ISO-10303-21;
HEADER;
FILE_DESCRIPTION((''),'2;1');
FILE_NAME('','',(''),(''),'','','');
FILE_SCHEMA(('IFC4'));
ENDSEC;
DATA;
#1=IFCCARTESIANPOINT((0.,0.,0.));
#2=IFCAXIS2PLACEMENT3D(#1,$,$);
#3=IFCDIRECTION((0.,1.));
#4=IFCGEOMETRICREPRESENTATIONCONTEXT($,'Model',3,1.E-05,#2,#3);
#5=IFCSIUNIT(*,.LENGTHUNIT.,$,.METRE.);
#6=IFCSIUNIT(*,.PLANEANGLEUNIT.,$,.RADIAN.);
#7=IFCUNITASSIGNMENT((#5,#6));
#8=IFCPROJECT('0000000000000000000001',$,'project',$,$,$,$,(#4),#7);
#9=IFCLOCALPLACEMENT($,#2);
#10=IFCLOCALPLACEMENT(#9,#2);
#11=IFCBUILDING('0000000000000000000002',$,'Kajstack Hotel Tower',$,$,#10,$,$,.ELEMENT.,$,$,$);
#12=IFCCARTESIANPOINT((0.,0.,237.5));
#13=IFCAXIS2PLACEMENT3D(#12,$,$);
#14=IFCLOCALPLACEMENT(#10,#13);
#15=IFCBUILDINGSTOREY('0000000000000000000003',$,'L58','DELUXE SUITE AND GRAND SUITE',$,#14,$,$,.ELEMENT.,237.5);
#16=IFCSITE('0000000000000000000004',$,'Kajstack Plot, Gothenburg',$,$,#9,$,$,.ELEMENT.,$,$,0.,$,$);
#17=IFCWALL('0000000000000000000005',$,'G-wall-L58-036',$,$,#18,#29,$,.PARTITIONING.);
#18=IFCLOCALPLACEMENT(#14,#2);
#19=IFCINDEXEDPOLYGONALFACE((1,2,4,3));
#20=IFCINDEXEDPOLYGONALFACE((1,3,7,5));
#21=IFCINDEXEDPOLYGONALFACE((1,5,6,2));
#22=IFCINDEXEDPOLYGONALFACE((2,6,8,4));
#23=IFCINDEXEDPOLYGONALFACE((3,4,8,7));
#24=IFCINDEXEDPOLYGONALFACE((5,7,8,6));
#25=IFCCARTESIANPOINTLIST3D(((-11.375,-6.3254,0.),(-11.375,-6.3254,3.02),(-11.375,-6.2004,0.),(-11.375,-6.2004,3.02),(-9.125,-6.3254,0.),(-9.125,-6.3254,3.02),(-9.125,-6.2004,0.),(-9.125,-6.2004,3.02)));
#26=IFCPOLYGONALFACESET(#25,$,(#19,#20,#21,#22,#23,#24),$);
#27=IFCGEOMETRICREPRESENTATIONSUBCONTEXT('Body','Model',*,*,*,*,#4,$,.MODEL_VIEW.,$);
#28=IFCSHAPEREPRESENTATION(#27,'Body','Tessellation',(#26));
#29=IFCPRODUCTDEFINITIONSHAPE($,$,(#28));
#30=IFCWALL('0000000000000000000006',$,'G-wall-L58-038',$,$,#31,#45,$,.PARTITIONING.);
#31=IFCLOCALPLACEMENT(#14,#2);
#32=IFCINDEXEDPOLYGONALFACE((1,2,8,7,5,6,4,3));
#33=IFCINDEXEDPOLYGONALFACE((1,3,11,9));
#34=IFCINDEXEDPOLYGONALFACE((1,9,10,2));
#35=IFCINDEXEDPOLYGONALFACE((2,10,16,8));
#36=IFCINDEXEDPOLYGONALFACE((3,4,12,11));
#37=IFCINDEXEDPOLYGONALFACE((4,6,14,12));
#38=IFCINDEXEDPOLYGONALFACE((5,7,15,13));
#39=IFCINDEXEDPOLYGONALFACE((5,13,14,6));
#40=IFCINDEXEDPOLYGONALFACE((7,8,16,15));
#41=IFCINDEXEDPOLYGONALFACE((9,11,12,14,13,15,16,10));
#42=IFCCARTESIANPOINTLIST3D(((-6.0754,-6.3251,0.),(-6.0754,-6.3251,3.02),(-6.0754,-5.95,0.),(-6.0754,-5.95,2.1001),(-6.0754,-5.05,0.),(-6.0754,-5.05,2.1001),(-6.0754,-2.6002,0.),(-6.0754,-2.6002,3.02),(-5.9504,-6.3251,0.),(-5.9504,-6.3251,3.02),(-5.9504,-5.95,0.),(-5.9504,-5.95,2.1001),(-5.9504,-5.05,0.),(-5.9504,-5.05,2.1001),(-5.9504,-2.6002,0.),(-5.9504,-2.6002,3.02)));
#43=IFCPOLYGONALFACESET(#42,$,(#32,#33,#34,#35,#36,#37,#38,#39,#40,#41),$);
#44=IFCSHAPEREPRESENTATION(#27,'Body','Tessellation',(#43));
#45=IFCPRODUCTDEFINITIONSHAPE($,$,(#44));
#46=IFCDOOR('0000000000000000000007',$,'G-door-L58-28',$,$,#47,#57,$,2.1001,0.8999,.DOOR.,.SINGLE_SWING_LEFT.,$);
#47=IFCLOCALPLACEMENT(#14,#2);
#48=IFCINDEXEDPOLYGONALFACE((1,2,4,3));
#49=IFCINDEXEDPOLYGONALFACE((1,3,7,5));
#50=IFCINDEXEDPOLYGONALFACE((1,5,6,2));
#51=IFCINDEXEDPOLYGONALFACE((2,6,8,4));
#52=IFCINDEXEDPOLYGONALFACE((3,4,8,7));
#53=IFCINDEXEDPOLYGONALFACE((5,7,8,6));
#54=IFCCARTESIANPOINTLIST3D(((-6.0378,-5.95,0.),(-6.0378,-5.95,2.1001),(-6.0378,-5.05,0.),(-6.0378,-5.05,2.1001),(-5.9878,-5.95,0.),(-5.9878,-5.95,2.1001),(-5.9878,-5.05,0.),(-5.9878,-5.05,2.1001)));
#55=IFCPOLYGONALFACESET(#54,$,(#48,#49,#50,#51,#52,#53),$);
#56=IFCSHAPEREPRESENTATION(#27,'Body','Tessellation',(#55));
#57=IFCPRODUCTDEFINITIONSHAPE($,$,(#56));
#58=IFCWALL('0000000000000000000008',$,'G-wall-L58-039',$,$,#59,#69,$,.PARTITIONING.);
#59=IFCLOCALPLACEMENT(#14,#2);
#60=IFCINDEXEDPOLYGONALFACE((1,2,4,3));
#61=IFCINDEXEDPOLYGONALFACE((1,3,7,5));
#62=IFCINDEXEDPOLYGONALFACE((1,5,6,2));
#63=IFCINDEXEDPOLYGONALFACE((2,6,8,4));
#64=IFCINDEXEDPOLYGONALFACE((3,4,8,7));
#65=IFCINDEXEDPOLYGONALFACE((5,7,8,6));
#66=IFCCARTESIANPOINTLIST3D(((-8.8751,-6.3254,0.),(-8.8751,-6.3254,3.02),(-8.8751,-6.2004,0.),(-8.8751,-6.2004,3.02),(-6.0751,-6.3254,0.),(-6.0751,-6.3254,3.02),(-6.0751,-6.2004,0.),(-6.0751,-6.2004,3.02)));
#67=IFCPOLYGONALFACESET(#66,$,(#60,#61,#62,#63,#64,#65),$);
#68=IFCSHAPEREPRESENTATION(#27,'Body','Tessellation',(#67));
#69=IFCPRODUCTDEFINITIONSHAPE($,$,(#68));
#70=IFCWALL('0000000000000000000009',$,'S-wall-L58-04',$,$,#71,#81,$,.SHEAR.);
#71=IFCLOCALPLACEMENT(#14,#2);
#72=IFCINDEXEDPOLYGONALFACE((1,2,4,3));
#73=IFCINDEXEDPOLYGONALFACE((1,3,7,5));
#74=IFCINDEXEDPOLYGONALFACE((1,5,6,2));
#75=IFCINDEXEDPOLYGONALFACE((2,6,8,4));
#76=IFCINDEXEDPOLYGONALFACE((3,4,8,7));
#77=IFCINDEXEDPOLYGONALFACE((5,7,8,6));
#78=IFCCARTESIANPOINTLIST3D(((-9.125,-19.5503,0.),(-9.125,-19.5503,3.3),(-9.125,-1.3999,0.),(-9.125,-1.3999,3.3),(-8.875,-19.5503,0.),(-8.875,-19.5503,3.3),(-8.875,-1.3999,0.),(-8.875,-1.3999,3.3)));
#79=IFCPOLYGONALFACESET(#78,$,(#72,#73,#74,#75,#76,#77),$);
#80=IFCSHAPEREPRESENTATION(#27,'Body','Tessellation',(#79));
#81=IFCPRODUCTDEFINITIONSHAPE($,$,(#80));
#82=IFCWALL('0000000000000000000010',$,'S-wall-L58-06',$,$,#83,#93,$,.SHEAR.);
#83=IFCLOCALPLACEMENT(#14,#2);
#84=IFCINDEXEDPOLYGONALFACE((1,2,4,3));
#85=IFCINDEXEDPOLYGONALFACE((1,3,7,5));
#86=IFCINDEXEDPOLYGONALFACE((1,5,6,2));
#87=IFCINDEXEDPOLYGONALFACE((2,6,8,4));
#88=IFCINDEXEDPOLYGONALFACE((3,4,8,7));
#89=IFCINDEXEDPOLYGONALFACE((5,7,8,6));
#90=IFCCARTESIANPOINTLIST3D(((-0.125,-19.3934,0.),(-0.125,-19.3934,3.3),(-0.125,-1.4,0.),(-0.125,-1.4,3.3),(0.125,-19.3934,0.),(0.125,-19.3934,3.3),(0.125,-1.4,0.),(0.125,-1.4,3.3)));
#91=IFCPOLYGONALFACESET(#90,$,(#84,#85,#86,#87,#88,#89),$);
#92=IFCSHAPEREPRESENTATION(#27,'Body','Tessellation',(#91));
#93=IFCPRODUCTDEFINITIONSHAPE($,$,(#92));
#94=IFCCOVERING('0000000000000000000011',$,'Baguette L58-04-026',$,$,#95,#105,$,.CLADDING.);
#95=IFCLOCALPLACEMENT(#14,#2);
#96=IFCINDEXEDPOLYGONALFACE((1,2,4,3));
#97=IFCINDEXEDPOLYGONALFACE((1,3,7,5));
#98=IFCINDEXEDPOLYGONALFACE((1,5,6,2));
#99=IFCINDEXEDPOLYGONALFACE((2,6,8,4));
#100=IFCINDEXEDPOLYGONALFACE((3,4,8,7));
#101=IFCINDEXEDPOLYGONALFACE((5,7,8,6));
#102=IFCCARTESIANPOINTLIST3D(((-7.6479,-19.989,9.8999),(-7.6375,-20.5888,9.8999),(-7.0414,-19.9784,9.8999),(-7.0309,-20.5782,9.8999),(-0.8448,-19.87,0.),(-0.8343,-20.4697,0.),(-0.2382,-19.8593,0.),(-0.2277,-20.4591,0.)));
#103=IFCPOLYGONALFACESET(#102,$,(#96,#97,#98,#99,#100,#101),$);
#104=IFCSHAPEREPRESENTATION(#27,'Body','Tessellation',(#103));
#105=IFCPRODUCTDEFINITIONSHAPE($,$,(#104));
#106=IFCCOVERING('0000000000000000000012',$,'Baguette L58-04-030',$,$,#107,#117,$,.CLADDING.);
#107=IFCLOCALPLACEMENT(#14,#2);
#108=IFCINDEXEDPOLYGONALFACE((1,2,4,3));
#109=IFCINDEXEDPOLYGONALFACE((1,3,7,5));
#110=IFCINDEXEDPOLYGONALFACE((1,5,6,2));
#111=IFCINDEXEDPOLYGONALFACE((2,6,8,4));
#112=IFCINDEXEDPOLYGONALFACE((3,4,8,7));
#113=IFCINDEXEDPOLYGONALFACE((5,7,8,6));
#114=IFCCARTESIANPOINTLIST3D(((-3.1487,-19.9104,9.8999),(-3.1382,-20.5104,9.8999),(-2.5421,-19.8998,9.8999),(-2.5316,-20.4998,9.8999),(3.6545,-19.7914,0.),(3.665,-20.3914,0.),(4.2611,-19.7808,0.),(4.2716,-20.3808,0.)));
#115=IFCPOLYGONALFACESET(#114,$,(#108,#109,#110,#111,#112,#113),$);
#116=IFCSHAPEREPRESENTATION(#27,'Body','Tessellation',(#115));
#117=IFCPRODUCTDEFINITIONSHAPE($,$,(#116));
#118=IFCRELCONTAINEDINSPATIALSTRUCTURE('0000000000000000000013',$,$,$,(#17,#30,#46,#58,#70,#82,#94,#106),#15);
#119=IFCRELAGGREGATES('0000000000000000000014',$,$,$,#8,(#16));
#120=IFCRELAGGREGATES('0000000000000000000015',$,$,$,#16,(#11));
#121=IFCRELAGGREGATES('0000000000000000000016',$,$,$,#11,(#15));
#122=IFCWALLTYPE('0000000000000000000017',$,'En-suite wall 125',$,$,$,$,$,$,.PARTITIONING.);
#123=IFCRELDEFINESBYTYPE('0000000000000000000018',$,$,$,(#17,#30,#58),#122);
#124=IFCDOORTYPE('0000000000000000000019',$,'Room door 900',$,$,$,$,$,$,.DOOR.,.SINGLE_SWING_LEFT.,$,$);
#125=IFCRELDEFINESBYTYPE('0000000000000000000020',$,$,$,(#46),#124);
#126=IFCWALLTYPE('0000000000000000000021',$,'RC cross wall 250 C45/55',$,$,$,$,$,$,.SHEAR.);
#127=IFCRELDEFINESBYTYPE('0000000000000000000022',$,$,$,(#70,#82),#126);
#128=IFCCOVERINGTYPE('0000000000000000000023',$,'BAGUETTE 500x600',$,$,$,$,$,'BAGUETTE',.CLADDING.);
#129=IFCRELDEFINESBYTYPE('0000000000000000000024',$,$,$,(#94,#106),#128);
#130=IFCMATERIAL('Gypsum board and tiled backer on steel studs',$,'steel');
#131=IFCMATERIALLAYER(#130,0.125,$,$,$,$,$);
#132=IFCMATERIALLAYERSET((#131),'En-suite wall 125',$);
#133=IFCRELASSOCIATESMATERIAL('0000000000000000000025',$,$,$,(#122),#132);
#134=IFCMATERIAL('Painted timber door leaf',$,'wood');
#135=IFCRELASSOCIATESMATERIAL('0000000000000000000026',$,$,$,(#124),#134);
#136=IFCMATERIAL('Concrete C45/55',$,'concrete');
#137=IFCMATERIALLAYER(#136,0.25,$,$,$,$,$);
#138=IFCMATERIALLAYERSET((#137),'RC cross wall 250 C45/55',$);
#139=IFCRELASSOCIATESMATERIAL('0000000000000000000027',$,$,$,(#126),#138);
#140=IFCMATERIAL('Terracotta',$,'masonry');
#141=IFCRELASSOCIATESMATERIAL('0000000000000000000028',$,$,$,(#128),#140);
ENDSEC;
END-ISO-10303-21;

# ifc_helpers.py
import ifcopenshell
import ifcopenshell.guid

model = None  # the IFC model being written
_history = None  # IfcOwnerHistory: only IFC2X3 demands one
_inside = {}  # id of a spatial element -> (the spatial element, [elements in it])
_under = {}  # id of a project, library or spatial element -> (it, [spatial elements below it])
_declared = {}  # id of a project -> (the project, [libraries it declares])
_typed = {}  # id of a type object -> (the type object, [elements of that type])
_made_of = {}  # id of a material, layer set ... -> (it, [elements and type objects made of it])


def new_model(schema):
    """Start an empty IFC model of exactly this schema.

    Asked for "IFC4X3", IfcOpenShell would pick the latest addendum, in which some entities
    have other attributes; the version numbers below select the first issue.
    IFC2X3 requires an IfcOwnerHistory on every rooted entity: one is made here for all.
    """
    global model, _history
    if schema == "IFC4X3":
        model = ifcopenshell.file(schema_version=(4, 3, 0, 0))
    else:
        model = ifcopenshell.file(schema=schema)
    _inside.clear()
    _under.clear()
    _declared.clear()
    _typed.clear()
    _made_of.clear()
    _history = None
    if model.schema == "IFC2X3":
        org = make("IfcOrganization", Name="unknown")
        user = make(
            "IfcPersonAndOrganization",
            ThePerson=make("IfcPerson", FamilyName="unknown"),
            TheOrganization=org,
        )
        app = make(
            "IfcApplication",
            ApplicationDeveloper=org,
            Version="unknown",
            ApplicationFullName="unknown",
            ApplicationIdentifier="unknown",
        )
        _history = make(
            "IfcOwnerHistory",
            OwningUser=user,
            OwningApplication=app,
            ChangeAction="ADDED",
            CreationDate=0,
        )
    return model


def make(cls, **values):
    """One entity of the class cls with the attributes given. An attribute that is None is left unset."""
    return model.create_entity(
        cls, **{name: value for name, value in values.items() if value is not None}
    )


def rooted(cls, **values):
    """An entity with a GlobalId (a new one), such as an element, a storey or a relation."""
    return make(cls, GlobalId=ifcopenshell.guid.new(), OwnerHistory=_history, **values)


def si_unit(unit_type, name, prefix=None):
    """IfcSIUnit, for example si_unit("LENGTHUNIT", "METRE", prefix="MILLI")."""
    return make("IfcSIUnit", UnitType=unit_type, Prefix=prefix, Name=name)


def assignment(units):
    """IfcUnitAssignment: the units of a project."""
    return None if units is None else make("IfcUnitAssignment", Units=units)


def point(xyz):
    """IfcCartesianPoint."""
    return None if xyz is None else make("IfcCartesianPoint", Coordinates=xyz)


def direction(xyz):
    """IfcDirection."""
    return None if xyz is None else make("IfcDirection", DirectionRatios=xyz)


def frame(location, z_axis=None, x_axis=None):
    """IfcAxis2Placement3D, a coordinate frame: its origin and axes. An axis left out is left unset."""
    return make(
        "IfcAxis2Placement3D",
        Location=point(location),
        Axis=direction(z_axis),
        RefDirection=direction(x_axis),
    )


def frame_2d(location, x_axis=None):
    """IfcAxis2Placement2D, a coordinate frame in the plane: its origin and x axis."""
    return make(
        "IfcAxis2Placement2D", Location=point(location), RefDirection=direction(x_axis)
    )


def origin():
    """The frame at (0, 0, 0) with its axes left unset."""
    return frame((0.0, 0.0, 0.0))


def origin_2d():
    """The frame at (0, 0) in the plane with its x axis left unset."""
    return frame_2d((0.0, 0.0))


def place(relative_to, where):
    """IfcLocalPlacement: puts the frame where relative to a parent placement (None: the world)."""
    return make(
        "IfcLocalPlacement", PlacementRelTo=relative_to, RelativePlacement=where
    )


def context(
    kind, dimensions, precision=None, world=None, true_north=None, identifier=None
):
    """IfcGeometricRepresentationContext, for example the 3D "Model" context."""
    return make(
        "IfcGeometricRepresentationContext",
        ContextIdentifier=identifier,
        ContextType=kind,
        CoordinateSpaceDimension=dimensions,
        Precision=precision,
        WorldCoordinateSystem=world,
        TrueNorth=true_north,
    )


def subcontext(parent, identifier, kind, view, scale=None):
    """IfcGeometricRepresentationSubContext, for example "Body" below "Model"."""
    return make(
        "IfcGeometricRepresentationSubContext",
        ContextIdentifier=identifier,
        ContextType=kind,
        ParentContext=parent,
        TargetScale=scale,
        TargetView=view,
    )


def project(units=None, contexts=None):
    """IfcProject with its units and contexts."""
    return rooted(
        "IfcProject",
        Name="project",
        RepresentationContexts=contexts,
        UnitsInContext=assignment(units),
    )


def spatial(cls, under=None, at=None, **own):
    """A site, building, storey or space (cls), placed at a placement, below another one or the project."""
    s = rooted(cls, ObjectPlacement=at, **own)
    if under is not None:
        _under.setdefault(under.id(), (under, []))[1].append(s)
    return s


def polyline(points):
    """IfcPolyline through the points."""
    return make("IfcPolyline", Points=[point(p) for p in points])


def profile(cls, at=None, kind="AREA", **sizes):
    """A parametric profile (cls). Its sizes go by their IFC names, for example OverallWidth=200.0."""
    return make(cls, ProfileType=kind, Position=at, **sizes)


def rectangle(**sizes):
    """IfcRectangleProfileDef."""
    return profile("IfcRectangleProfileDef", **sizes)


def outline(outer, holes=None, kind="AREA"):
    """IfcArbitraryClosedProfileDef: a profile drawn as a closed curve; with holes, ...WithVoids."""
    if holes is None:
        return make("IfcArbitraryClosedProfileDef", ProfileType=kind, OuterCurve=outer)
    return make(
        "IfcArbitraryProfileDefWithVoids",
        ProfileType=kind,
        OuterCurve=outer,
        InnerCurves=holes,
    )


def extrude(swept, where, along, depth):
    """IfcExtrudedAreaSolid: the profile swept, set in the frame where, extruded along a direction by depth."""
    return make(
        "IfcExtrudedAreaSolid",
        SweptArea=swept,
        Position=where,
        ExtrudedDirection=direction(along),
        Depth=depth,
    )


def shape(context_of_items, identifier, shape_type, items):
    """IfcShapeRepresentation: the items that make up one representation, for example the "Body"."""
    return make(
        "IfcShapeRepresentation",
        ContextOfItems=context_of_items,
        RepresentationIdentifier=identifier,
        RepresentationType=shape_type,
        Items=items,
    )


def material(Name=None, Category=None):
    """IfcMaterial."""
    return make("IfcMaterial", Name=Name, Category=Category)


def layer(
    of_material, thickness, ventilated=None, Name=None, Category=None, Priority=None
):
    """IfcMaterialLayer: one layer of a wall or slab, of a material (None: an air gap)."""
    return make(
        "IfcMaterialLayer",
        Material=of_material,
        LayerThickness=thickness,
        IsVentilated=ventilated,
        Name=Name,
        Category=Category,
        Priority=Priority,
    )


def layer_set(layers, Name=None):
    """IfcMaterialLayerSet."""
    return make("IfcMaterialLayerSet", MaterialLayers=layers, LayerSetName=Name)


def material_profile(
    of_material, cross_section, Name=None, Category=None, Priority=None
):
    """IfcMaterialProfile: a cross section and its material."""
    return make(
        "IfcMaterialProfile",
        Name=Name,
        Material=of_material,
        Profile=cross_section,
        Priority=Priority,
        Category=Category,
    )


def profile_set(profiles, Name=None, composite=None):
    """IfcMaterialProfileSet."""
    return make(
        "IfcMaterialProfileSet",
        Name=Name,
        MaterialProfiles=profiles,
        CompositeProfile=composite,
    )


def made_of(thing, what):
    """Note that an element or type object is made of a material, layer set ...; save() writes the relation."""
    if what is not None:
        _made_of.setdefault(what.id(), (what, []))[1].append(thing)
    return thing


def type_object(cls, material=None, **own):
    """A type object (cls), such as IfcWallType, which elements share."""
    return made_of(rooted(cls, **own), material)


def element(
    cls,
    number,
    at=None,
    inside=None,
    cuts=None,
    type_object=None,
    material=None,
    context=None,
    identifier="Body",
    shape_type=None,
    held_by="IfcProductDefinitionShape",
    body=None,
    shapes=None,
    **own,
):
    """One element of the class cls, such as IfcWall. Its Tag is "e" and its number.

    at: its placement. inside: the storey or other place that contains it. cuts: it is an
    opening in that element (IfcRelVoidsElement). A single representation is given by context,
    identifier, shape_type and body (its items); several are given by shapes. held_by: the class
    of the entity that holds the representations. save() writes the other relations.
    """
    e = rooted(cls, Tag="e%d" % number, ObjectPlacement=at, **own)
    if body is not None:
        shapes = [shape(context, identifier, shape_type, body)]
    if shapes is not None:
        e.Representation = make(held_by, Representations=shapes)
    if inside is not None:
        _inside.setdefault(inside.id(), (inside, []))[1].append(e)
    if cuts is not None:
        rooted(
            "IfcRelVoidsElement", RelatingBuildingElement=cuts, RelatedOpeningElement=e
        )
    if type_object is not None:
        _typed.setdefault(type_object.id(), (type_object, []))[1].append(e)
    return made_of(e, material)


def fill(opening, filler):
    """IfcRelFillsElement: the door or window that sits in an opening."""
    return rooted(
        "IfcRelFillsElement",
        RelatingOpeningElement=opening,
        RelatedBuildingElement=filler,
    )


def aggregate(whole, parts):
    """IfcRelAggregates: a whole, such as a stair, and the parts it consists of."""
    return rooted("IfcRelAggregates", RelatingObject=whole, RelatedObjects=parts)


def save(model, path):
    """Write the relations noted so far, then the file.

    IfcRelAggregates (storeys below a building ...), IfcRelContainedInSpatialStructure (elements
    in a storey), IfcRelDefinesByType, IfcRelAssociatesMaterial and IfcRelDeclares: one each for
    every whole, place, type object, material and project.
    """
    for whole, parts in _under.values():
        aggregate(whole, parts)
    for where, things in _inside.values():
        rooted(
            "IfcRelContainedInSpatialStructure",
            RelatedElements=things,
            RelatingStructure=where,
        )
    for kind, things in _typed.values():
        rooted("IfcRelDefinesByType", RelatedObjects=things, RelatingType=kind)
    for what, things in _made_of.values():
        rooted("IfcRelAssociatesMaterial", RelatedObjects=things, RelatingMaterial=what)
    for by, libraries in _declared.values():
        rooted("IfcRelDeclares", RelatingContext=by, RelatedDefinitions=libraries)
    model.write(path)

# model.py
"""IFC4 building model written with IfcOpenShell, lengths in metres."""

from ifc_helpers import new_model, si_unit, direction, frame, frame_2d, origin, origin_2d, place, context, subcontext, project, spatial, polyline, rectangle, outline, extrude, material, layer, layer_set, material_profile, profile_set, type_object, element, fill, save


model = new_model("IFC4")

# Units and contexts
model_context = context("Model", 3, precision=1e-05, world=origin(), true_north=direction((0.0, 1.0)))
body_context = subcontext(model_context, "Body", "Model", "MODEL_VIEW")
ifc_project = project(units=[si_unit("LENGTHUNIT", "METRE"), si_unit("PLANEANGLEUNIT", "RADIAN")], contexts=[model_context])

# Site, building, storey
site_placement = place(None, origin())
site = spatial("IfcSite", under=ifc_project, at=site_placement, Name="Kajstack Plot, Gothenburg", CompositionType="ELEMENT", RefElevation=0.0)
building_placement = place(site_placement, origin())
building = spatial("IfcBuilding", under=site, at=building_placement, Name="Kajstack Hotel Tower", CompositionType="ELEMENT")
storey_placement = place(building_placement, frame((0.0, 0.0, 237.5)))
storey = spatial("IfcBuildingStorey", under=building, at=storey_placement, Name="L58", Description="DELUXE SUITE AND GRAND SUITE", CompositionType="ELEMENT", Elevation=237.5)

# Wall
ifc_material_1 = material(Name="Gypsum board and tiled backer on steel studs", Category="steel")
ifc_layer_1 = layer(ifc_material_1, 0.125)
ifc_layer_set_1 = layer_set([ifc_layer_1], Name="En-suite wall 125")
wall_type_1 = type_object("IfcWallType", Name="En-suite wall 125", PredefinedType="PARTITIONING", material=ifc_layer_set_1)
wall_1_placement = place(storey_placement, frame((-11.375, -6.2629, 0.0), z_axis=(0.0, 0.0, 1.0), x_axis=(1.0, 0.0, 0.0)))
element("IfcWall", 1, at=wall_1_placement, inside=storey, type_object=wall_type_1, Name="G-wall-L58-036", PredefinedType="PARTITIONING", context=body_context, shape_type="SweptSolid", body=[
    extrude(rectangle(XDim=2.25, YDim=0.125, at=frame_2d((1.125, 0.0))), origin(), (0.0, 0.0, 1.0), 3.02),
])

# Wall, opening, door
wall_2_placement = place(storey_placement, frame((-6.0129, -6.325, 0.0), z_axis=(0.0, 0.0, 1.0), x_axis=(0.0, 1.0, 0.0)))
wall_2 = element("IfcWall", 2, at=wall_2_placement, inside=storey, type_object=wall_type_1, Name="G-wall-L58-038", PredefinedType="PARTITIONING", context=body_context, shape_type="SweptSolid", body=[
    extrude(rectangle(XDim=3.7249, YDim=0.125, at=frame_2d((1.8623, 0.0))), origin(), (0.0, 0.0, 1.0), 3.02),
])
opening_placement = place(wall_2_placement, frame((0.375, 0.0, 0.0)))
opening = element("IfcOpeningElement", 3, at=opening_placement, cuts=wall_2, PredefinedType="OPENING", context=body_context, shape_type="SweptSolid", body=[
    extrude(rectangle(XDim=0.8999, YDim=2.1001, at=frame_2d((0.45, 1.05))), frame((0.0, 0.0725, 0.0), z_axis=(0.0, -1.0, 0.0), x_axis=(1.0, 0.0, 0.0)), (0.0, 0.0, 1.0), 0.145),
])
ifc_material_2 = material(Name="Painted timber door leaf", Category="wood")
door_type = type_object("IfcDoorType", Name="Room door 900", OperationType="SINGLE_SWING_LEFT", PredefinedType="DOOR", material=ifc_material_2)
door_placement = place(opening_placement, origin())
door = element("IfcDoor", 4, at=door_placement, inside=storey, type_object=door_type, Name="G-door-L58-28", OperationType="SINGLE_SWING_LEFT", OverallHeight=2.1001, OverallWidth=0.8999, PredefinedType="DOOR", context=body_context, shape_type="SweptSolid", body=[
    extrude(rectangle(XDim=0.8999, YDim=2.1001, at=frame_2d((0.45, 1.05))), frame((0.0, 0.0249, 0.0), z_axis=(0.0, -1.0, 0.0), x_axis=(1.0, 0.0, 0.0)), (0.0, 0.0, 1.0), 0.05),
])
fill(opening, door)

# Walls
wall_3_placement = place(storey_placement, frame((-8.875, -6.2629, 0.0), z_axis=(0.0, 0.0, 1.0), x_axis=(1.0, 0.0, 0.0)))
element("IfcWall", 5, at=wall_3_placement, inside=storey, type_object=wall_type_1, Name="G-wall-L58-039", PredefinedType="PARTITIONING", context=body_context, shape_type="SweptSolid", body=[
    extrude(rectangle(XDim=2.8, YDim=0.125, at=frame_2d((1.3999, 0.0))), origin(), (0.0, 0.0, 1.0), 3.02),
])
ifc_material_3 = material(Name="Concrete C45/55", Category="concrete")
ifc_layer_2 = layer(ifc_material_3, 0.25)
ifc_layer_set_2 = layer_set([ifc_layer_2], Name="RC cross wall 250 C45/55")
wall_type_2 = type_object("IfcWallType", Name="RC cross wall 250 C45/55", PredefinedType="SHEAR", material=ifc_layer_set_2)
wall_4_placement = place(storey_placement, frame((-9.0, -19.5503, 0.0), z_axis=(0.0, 0.0, 1.0), x_axis=(0.0, 1.0, 0.0)))
element("IfcWall", 6, at=wall_4_placement, inside=storey, type_object=wall_type_2, Name="S-wall-L58-04", PredefinedType="SHEAR", context=body_context, shape_type="SweptSolid", body=[
    extrude(rectangle(XDim=18.1504, YDim=0.25, at=frame_2d((9.0752, 0.0))), origin(), (0.0, 0.0, 1.0), 3.3),
])
wall_5_placement = place(storey_placement, frame((0.0, -19.3933, 0.0), z_axis=(0.0, 0.0, 1.0), x_axis=(0.0, 1.0, 0.0)))
element("IfcWall", 7, at=wall_5_placement, inside=storey, type_object=wall_type_2, Name="S-wall-L58-06", PredefinedType="SHEAR", context=body_context, shape_type="SweptSolid", body=[
    extrude(rectangle(XDim=17.9934, YDim=0.25, at=frame_2d((8.9966, 0.0))), origin(), (0.0, 0.0, 1.0), 3.3),
])

# Coverings
ifc_material_4 = material(Name="Terracotta", Category="masonry")
ifc_material_profile = material_profile(ifc_material_4, rectangle(XDim=0.6001, YDim=0.5, at=origin_2d()), Name="Terracotta-clad concrete baguette 500 x 600")
ifc_profile_set = profile_set([ifc_material_profile], Name="Terracotta")
covering_type = type_object("IfcCoveringType", Name="BAGUETTE 500x600", ElementType="BAGUETTE", PredefinedType="CLADDING", material=ifc_profile_set)
covering_1_placement = place(storey_placement, frame((-7.6479, -19.989, 0.0), z_axis=(0.017498, -0.999847, 0.0), x_axis=(0.999847, 0.017498, 0.0)))
element("IfcCovering", 8, at=covering_1_placement, inside=storey, type_object=covering_type, Name="Baguette L58-04-026", PredefinedType="CLADDING", context=body_context, shape_type="SweptSolid", body=[
    extrude(outline(polyline([(0.0, 9.8999), (6.8042, 0.0), (7.4109, 0.0), (0.6067, 9.8999), (0.0, 9.8999)])), origin(), (0.0, 0.0, 1.0), 0.5999),
])
covering_2_placement = place(storey_placement, frame((-3.1487, -19.9104, 0.0), z_axis=(0.017491, -0.999847, 0.0), x_axis=(0.999847, 0.017491, 0.0)))
element("IfcCovering", 9, at=covering_2_placement, inside=storey, type_object=covering_type, Name="Baguette L58-04-030", PredefinedType="CLADDING", context=body_context, shape_type="SweptSolid", body=[
    extrude(outline(polyline([(0.0, 9.8999), (6.8042, 0.0), (7.4109, 0.0), (0.6067, 9.8999), (0.0, 9.8999)])), origin(), (0.0, 0.0, 1.0), 0.6001),
])

save(model, "model.ifc")
